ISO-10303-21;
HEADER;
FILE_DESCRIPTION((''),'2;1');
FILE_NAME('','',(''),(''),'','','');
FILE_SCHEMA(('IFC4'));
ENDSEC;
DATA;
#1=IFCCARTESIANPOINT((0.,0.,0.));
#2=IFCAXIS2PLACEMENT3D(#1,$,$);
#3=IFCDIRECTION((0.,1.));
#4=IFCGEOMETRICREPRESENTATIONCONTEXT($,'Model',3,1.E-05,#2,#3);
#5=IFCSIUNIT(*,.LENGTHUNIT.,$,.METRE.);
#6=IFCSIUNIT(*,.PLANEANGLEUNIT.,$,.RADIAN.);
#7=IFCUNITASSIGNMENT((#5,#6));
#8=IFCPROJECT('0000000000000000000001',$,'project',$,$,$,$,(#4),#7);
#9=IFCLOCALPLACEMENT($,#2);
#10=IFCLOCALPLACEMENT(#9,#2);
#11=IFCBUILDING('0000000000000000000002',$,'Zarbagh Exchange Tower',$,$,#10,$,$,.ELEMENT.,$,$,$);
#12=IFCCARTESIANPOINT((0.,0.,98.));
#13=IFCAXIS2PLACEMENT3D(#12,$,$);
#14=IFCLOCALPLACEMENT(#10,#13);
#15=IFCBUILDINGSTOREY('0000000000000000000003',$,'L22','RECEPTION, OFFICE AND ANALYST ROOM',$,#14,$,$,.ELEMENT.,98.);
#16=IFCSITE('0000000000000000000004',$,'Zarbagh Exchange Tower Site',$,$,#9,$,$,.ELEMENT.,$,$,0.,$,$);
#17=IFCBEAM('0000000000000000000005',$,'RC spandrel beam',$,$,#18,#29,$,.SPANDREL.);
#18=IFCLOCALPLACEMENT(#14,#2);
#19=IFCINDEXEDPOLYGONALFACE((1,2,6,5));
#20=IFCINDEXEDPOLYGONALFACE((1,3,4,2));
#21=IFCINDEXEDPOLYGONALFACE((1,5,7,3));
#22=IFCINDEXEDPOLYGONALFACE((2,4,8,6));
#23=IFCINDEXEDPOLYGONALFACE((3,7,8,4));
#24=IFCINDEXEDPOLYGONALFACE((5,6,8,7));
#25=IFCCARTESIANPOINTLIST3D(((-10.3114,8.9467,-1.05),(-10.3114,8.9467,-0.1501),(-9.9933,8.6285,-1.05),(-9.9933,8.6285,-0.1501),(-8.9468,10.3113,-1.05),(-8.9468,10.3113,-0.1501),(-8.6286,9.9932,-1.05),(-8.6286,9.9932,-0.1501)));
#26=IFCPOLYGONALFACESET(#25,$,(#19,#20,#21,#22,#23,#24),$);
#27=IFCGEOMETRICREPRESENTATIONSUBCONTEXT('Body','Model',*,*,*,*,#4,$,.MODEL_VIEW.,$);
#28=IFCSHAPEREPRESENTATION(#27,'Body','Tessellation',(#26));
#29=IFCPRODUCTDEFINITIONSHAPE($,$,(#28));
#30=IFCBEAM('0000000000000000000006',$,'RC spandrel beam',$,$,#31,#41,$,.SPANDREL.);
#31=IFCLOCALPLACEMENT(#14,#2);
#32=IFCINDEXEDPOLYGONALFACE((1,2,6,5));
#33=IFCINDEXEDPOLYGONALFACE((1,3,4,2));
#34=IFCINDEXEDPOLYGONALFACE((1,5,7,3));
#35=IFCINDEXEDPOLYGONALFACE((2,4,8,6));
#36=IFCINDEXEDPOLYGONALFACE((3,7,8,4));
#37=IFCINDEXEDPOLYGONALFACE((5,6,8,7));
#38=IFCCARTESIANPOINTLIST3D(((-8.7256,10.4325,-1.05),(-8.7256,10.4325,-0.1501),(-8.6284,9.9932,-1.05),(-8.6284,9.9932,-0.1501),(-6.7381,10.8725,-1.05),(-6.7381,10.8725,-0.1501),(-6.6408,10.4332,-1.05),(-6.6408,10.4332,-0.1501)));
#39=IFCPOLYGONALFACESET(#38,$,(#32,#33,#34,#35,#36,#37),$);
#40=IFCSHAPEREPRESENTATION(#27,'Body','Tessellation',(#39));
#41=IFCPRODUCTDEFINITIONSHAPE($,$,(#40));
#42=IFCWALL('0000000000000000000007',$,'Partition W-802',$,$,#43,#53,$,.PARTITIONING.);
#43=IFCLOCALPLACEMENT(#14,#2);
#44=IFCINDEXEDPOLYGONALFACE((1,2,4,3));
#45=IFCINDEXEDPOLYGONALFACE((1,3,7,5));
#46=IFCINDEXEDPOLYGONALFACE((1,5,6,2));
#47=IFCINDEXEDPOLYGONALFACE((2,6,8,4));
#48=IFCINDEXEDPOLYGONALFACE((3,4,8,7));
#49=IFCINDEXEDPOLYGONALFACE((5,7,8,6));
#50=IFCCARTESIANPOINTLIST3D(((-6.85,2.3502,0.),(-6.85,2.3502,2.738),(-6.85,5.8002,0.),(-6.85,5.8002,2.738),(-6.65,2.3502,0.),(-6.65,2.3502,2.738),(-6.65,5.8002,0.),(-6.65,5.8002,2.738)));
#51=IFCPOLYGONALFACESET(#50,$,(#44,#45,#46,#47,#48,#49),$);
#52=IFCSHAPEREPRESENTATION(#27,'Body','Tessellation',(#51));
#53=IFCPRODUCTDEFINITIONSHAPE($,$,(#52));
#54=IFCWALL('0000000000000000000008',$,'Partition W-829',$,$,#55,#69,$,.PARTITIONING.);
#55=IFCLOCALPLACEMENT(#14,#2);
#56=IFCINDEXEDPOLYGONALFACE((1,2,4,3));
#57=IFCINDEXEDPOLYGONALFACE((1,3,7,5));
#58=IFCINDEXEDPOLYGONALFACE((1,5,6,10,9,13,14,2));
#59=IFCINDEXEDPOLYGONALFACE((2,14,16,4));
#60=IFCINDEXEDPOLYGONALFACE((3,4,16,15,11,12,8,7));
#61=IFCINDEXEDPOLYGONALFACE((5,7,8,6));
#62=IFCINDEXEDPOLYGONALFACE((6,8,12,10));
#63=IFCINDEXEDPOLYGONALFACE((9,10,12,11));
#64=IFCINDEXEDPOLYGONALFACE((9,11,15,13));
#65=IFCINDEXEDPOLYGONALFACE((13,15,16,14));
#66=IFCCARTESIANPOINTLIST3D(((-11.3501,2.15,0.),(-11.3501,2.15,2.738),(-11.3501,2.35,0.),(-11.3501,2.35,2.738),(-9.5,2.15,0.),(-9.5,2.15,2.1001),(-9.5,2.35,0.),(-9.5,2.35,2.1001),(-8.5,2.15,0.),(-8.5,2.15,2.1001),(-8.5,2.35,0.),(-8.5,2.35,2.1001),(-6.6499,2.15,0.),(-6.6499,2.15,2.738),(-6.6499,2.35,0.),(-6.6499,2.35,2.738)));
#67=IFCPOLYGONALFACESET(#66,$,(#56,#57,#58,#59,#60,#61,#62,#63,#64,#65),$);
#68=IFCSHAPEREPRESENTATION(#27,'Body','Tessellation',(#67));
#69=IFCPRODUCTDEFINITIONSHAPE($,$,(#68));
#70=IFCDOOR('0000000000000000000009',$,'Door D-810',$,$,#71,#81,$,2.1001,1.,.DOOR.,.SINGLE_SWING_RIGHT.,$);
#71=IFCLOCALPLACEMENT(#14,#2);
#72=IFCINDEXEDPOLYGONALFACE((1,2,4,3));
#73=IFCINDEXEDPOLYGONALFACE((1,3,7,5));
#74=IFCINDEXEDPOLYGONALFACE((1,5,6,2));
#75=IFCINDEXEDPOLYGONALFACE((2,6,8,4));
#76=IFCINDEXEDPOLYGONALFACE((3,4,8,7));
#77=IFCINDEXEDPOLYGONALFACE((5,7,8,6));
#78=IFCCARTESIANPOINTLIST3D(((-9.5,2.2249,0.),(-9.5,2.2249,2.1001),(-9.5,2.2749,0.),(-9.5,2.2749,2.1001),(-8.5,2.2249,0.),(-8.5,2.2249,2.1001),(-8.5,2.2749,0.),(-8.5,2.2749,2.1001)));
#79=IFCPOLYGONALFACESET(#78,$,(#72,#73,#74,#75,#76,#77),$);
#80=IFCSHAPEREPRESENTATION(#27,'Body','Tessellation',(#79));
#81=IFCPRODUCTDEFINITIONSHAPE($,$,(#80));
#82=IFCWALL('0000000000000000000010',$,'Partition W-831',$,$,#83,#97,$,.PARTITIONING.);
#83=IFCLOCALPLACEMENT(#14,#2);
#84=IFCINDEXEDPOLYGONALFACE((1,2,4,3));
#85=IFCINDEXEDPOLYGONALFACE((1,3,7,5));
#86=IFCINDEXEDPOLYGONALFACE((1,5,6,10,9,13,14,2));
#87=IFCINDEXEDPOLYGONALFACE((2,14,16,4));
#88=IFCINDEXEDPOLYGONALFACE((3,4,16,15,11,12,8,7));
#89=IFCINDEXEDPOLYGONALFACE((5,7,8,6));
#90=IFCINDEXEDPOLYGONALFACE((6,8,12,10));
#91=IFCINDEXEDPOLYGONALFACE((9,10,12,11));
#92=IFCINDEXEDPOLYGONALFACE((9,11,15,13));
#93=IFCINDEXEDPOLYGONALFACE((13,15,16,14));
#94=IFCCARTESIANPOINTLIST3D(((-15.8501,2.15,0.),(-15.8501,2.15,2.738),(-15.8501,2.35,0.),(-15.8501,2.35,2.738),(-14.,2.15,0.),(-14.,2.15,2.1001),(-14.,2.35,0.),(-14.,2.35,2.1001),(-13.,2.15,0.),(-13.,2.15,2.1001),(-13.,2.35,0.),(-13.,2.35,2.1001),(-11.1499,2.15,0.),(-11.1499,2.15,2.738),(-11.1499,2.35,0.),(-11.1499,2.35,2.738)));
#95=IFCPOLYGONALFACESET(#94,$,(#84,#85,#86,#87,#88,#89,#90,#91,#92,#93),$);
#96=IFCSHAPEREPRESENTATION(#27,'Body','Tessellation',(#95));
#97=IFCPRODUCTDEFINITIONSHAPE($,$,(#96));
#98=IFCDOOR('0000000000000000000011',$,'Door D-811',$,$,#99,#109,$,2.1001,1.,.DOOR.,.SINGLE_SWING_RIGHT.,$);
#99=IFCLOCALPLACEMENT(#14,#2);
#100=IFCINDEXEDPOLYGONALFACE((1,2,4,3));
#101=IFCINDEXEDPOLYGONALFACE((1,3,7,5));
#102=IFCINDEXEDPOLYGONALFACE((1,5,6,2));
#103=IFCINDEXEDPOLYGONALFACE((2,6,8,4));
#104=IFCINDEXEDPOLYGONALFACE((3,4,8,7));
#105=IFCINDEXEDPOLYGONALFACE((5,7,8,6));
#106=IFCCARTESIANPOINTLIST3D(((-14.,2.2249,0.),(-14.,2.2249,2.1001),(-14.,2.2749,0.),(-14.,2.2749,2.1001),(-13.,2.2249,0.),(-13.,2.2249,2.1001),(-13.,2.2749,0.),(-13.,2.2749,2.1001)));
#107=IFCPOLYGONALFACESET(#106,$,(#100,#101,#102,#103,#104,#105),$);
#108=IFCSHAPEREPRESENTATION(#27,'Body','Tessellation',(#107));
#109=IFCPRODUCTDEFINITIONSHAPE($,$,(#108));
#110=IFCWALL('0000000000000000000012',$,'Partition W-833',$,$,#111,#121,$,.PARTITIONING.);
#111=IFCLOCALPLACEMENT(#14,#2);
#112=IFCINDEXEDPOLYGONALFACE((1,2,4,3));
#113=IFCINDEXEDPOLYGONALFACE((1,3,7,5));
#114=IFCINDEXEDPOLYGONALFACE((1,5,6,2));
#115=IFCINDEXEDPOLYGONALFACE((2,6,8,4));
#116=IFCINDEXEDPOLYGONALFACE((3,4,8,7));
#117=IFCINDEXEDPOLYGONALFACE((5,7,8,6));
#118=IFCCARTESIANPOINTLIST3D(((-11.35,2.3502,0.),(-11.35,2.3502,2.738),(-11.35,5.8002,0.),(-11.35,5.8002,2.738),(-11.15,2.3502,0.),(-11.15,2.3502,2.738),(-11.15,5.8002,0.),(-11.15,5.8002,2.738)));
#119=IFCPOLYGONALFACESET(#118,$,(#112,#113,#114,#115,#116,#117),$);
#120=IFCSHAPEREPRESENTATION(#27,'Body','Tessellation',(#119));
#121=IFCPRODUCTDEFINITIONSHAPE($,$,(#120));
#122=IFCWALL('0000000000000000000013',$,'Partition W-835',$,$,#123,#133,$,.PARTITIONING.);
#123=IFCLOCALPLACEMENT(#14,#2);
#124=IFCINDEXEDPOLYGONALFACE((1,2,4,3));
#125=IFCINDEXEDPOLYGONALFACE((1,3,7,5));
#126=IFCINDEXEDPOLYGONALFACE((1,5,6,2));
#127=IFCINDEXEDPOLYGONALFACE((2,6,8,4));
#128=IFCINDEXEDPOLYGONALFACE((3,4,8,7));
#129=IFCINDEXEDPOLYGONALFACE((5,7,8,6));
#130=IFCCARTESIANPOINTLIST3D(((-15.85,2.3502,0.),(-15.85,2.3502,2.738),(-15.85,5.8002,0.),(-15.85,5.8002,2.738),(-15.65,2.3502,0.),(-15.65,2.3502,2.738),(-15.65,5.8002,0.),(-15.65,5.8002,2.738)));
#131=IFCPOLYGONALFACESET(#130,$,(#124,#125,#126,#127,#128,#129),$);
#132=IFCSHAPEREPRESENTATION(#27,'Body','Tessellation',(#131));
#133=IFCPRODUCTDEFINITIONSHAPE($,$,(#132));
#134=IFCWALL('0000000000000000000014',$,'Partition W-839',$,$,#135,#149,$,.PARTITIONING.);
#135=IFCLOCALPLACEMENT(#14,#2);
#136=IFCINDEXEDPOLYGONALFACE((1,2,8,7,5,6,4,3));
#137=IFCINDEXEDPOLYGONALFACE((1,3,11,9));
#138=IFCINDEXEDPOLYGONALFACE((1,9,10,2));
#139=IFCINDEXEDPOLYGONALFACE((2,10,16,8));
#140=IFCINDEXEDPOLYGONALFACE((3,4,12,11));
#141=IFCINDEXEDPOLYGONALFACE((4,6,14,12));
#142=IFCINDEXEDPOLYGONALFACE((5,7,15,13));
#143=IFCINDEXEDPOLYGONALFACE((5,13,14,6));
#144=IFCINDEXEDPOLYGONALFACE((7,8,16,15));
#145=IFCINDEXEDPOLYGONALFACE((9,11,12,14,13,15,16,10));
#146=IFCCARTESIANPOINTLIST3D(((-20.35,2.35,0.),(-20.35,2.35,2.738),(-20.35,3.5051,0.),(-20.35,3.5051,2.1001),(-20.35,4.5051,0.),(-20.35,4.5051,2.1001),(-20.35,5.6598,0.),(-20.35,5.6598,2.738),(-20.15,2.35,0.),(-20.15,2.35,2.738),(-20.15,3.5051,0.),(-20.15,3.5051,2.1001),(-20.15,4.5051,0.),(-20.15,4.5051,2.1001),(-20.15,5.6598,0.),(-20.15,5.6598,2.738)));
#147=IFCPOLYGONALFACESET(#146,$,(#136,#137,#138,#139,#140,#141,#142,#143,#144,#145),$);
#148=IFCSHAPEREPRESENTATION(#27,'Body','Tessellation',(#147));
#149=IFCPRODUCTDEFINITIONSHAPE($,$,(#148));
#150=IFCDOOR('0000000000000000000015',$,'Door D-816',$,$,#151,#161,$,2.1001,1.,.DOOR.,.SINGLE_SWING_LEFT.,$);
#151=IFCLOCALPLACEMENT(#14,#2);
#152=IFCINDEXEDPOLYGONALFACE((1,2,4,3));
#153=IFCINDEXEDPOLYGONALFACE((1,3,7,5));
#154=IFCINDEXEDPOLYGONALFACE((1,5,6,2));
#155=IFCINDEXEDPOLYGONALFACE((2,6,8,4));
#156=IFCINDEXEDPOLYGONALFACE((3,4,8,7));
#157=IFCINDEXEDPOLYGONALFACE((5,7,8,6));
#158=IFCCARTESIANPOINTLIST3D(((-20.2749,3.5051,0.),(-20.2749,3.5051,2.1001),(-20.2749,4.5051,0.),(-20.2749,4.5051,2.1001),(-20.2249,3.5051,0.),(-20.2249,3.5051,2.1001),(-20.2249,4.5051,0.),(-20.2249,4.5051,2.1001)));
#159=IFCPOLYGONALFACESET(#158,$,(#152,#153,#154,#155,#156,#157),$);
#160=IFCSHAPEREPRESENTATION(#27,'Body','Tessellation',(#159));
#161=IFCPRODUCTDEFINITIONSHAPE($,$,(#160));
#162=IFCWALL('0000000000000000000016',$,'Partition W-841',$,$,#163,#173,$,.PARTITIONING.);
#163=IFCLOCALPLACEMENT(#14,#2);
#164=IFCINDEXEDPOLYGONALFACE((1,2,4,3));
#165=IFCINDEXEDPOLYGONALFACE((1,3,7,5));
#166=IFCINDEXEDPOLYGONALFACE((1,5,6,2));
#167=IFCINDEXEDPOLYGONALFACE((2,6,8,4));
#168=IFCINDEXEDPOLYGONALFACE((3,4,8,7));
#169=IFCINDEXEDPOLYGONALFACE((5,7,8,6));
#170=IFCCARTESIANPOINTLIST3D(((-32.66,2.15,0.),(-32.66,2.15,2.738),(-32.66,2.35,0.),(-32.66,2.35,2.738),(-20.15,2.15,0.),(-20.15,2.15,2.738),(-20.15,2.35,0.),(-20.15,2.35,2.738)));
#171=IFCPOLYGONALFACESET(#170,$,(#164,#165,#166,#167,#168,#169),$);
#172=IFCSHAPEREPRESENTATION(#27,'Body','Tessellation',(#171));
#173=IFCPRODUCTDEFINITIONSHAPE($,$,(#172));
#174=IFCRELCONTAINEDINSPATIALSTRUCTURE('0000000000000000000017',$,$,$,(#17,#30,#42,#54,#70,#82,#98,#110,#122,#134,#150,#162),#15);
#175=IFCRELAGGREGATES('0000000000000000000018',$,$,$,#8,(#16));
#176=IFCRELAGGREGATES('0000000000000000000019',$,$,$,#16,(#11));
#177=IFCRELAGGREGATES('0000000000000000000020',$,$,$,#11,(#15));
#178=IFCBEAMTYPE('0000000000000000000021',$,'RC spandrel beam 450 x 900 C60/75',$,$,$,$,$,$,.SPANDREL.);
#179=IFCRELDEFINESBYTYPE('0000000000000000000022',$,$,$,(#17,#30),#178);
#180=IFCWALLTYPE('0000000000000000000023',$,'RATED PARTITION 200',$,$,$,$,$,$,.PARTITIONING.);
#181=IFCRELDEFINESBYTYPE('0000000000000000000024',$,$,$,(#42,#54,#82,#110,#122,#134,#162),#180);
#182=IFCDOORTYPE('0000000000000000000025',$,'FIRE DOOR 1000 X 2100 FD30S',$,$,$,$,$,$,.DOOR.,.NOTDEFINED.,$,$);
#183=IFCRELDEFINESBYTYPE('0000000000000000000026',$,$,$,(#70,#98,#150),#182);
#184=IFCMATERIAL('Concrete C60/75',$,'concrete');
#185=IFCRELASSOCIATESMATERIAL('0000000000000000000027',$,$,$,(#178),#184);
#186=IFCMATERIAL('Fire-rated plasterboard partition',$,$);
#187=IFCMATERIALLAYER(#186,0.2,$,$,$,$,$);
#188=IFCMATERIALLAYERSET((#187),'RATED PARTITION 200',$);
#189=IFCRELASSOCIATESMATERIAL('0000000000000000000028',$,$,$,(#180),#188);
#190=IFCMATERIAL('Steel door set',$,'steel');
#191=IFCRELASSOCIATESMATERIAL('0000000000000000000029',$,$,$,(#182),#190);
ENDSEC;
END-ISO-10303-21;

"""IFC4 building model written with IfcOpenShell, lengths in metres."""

from ifc_helpers import new_model, si_unit, direction, frame, frame_2d, origin, origin_2d, place, context, subcontext, project, spatial, rectangle, extrude, material, layer, layer_set, material_profile, profile_set, type_object, element, fill, save


model = new_model("IFC4")

# Units and contexts
model_context = context("Model", 3, precision=1e-05, world=origin(), true_north=direction((0.0, 1.0)))
body_context = subcontext(model_context, "Body", "Model", "MODEL_VIEW")
ifc_project = project(units=[si_unit("LENGTHUNIT", "METRE"), si_unit("PLANEANGLEUNIT", "RADIAN")], contexts=[model_context])

# Site, building, storey
site_placement = place(None, origin())
site = spatial("IfcSite", under=ifc_project, at=site_placement, Name="Zarbagh Exchange Tower Site", CompositionType="ELEMENT", RefElevation=0.0)
building_placement = place(site_placement, origin())
building = spatial("IfcBuilding", under=site, at=building_placement, Name="Zarbagh Exchange Tower", CompositionType="ELEMENT")
storey_placement = place(building_placement, frame((0.0, 0.0, 98.0)))
storey = spatial("IfcBuildingStorey", under=building, at=storey_placement, Name="L22", Description="RECEPTION, OFFICE AND ANALYST ROOM", CompositionType="ELEMENT", Elevation=98.0)

# Shared definitions
ifc_material_1 = material(Name="Concrete C60/75", Category="concrete")

# Beams
ifc_material_profile_1 = material_profile(ifc_material_1, rectangle(XDim=0.45, YDim=0.8999, at=origin_2d()), Name="RC spandrel beam 450 x 900 C60/75")
ifc_profile_set_1 = profile_set([ifc_material_profile_1], Name="Concrete C60/75")
beam_type_1 = type_object("IfcBeamType", Name="RC spandrel beam 450 x 900 C60/75", PredefinedType="SPANDREL", material=ifc_profile_set_1)
beam_1_placement = place(storey_placement, frame((-10.1523, 8.7876, -0.6001), z_axis=(0.707107, 0.707107, 0.0), x_axis=(-0.707107, 0.707107, 0.0)))
element("IfcBeam", 1, at=beam_1_placement, inside=storey, type_object=beam_type_1, Name="RC spandrel beam", PredefinedType="SPANDREL", context=body_context, shape_type="SweptSolid", body=[
    extrude(rectangle(XDim=0.45, YDim=0.8999, at=origin_2d()), origin(), (0.0, 0.0, 1.0), 1.9299),
])
beam_2_placement = place(storey_placement, frame((-8.677, 10.2129, -0.6001), z_axis=(0.976367, 0.216118, 0.0), x_axis=(-0.216118, 0.976367, 0.0)))
element("IfcBeam", 2, at=beam_2_placement, inside=storey, type_object=beam_type_1, Name="RC spandrel beam", PredefinedType="SPANDREL", context=body_context, shape_type="SweptSolid", body=[
    extrude(rectangle(XDim=0.45, YDim=0.8999, at=origin_2d()), origin(), (0.0, 0.0, 1.0), 2.0356),
])

# Wall
ifc_material_2 = material(Name="Fire-rated plasterboard partition")
ifc_layer = layer(ifc_material_2, 0.2)
ifc_layer_set = layer_set([ifc_layer], Name="RATED PARTITION 200")
wall_type = type_object("IfcWallType", Name="RATED PARTITION 200", PredefinedType="PARTITIONING", material=ifc_layer_set)
wall_1_placement = place(storey_placement, frame((-6.75, 2.3501, 0.0), z_axis=(0.0, 0.0, 1.0), x_axis=(0.0, 1.0, 0.0)))
element("IfcWall", 3, at=wall_1_placement, inside=storey, type_object=wall_type, Name="Partition W-802", PredefinedType="PARTITIONING", context=body_context, shape_type="SweptSolid", body=[
    extrude(rectangle(XDim=3.45, YDim=0.2, at=frame_2d((1.7251, 0.0))), origin(), (0.0, 0.0, 1.0), 2.738),
])

# Walls, openings, doors
wall_2_placement = place(storey_placement, frame((-11.3501, 2.25, 0.0), z_axis=(0.0, 0.0, 1.0), x_axis=(1.0, 0.0, 0.0)))
wall_2 = element("IfcWall", 4, at=wall_2_placement, inside=storey, type_object=wall_type, Name="Partition W-829", PredefinedType="PARTITIONING", context=body_context, shape_type="SweptSolid", body=[
    extrude(rectangle(XDim=4.7002, YDim=0.2, at=frame_2d((2.3501, 0.0))), origin(), (0.0, 0.0, 1.0), 2.738),
])
opening_1_placement = place(wall_2_placement, frame((1.8501, 0.0, 0.0)))
opening_1 = element("IfcOpeningElement", 5, at=opening_1_placement, cuts=wall_2, PredefinedType="OPENING", context=body_context, shape_type="SweptSolid", body=[
    extrude(rectangle(XDim=1.0, YDim=2.1001, at=frame_2d((0.5, 1.05))), frame((0.0, 0.1099, 0.0), z_axis=(0.0, -1.0, 0.0), x_axis=(1.0, 0.0, 0.0)), (0.0, 0.0, 1.0), 0.22),
])
ifc_material_3 = material(Name="Steel door set", Category="steel")
door_type = type_object("IfcDoorType", Name="FIRE DOOR 1000 X 2100 FD30S", OperationType="NOTDEFINED", PredefinedType="DOOR", material=ifc_material_3)
door_1_placement = place(opening_1_placement, origin())
door_1 = element("IfcDoor", 6, at=door_1_placement, inside=storey, type_object=door_type, Name="Door D-810", OperationType="SINGLE_SWING_RIGHT", OverallHeight=2.1001, OverallWidth=1.0, PredefinedType="DOOR", context=body_context, shape_type="SweptSolid", body=[
    extrude(rectangle(XDim=1.0, YDim=2.1001, at=frame_2d((0.5, 1.05))), frame((0.0, 0.0249, 0.0), z_axis=(0.0, -1.0, 0.0), x_axis=(1.0, 0.0, 0.0)), (0.0, 0.0, 1.0), 0.05),
])
fill(opening_1, door_1)
wall_3_placement = place(storey_placement, frame((-15.8501, 2.25, 0.0), z_axis=(0.0, 0.0, 1.0), x_axis=(1.0, 0.0, 0.0)))
wall_3 = element("IfcWall", 7, at=wall_3_placement, inside=storey, type_object=wall_type, Name="Partition W-831", PredefinedType="PARTITIONING", context=body_context, shape_type="SweptSolid", body=[
    extrude(rectangle(XDim=4.7002, YDim=0.2, at=frame_2d((2.3501, 0.0))), origin(), (0.0, 0.0, 1.0), 2.738),
])
opening_2_placement = place(wall_3_placement, frame((1.8501, 0.0, 0.0)))
opening_2 = element("IfcOpeningElement", 8, at=opening_2_placement, cuts=wall_3, PredefinedType="OPENING", context=body_context, shape_type="SweptSolid", body=[
    extrude(rectangle(XDim=1.0, YDim=2.1001, at=frame_2d((0.5, 1.05))), frame((0.0, 0.1099, 0.0), z_axis=(0.0, -1.0, 0.0), x_axis=(1.0, 0.0, 0.0)), (0.0, 0.0, 1.0), 0.22),
])
door_2_placement = place(opening_2_placement, origin())
door_2 = element("IfcDoor", 9, at=door_2_placement, inside=storey, type_object=door_type, Name="Door D-811", OperationType="SINGLE_SWING_RIGHT", OverallHeight=2.1001, OverallWidth=1.0, PredefinedType="DOOR", context=body_context, shape_type="SweptSolid", body=[
    extrude(rectangle(XDim=1.0, YDim=2.1001, at=frame_2d((0.5, 1.05))), frame((0.0, 0.0249, 0.0), z_axis=(0.0, -1.0, 0.0), x_axis=(1.0, 0.0, 0.0)), (0.0, 0.0, 1.0), 0.05),
])
fill(opening_2, door_2)

# Walls
for number, where, z_axis, x_axis, name in (
    (10, (-11.25, 2.3501, 0.0), (0.0, 0.0, 1.0), (0.0, 1.0, 0.0), "Partition W-833"),
    (11, (-15.75, 2.3501, 0.0), (0.0, 0.0, 1.0), (0.0, 1.0, 0.0), "Partition W-835"),
):
    element("IfcWall", number, at=place(storey_placement, frame(where, z_axis=z_axis, x_axis=x_axis)), inside=storey, type_object=wall_type, Name=name, PredefinedType="PARTITIONING", context=body_context, shape_type="SweptSolid", body=[
        extrude(rectangle(XDim=3.45, YDim=0.2, at=frame_2d((1.7251, 0.0))), origin(), (0.0, 0.0, 1.0), 2.738),
    ])

# Wall, opening, door
wall_4_placement = place(storey_placement, frame((-20.25, 2.3501, 0.0), z_axis=(0.0, 0.0, 1.0), x_axis=(0.0, 1.0, 0.0)))
wall_4 = element("IfcWall", 12, at=wall_4_placement, inside=storey, type_object=wall_type, Name="Partition W-839", PredefinedType="PARTITIONING", context=body_context, shape_type="SweptSolid", body=[
    extrude(rectangle(XDim=3.3098, YDim=0.2, at=frame_2d((1.6548, 0.0))), origin(), (0.0, 0.0, 1.0), 2.738),
])
opening_3_placement = place(wall_4_placement, frame((1.155, 0.0, 0.0)))
opening_3 = element("IfcOpeningElement", 13, at=opening_3_placement, cuts=wall_4, PredefinedType="OPENING", context=body_context, shape_type="SweptSolid", body=[
    extrude(rectangle(XDim=1.0, YDim=2.1001, at=frame_2d((0.5, 1.05))), frame((0.0, 0.1099, 0.0), z_axis=(0.0, -1.0, 0.0), x_axis=(1.0, 0.0, 0.0)), (0.0, 0.0, 1.0), 0.22),
])
door_3_placement = place(opening_3_placement, origin())
door_3 = element("IfcDoor", 14, at=door_3_placement, inside=storey, type_object=door_type, Name="Door D-816", OperationType="SINGLE_SWING_LEFT", OverallHeight=2.1001, OverallWidth=1.0, PredefinedType="DOOR", context=body_context, shape_type="SweptSolid", body=[
    extrude(rectangle(XDim=1.0, YDim=2.1001, at=frame_2d((0.5, 1.05))), frame((0.0, 0.0249, 0.0), z_axis=(0.0, -1.0, 0.0), x_axis=(1.0, 0.0, 0.0)), (0.0, 0.0, 1.0), 0.05),
])
fill(opening_3, door_3)

# Wall
wall_5_placement = place(storey_placement, frame((-32.6599, 2.25, 0.0), z_axis=(0.0, 0.0, 1.0), x_axis=(1.0, 0.0, 0.0)))
element("IfcWall", 15, at=wall_5_placement, inside=storey, type_object=wall_type, Name="Partition W-841", PredefinedType="PARTITIONING", context=body_context, shape_type="SweptSolid", body=[
    extrude(rectangle(XDim=12.51, YDim=0.2, at=frame_2d((6.2549, 0.0))), origin(), (0.0, 0.0, 1.0), 2.738),
])

save(model, "model.ifc")
